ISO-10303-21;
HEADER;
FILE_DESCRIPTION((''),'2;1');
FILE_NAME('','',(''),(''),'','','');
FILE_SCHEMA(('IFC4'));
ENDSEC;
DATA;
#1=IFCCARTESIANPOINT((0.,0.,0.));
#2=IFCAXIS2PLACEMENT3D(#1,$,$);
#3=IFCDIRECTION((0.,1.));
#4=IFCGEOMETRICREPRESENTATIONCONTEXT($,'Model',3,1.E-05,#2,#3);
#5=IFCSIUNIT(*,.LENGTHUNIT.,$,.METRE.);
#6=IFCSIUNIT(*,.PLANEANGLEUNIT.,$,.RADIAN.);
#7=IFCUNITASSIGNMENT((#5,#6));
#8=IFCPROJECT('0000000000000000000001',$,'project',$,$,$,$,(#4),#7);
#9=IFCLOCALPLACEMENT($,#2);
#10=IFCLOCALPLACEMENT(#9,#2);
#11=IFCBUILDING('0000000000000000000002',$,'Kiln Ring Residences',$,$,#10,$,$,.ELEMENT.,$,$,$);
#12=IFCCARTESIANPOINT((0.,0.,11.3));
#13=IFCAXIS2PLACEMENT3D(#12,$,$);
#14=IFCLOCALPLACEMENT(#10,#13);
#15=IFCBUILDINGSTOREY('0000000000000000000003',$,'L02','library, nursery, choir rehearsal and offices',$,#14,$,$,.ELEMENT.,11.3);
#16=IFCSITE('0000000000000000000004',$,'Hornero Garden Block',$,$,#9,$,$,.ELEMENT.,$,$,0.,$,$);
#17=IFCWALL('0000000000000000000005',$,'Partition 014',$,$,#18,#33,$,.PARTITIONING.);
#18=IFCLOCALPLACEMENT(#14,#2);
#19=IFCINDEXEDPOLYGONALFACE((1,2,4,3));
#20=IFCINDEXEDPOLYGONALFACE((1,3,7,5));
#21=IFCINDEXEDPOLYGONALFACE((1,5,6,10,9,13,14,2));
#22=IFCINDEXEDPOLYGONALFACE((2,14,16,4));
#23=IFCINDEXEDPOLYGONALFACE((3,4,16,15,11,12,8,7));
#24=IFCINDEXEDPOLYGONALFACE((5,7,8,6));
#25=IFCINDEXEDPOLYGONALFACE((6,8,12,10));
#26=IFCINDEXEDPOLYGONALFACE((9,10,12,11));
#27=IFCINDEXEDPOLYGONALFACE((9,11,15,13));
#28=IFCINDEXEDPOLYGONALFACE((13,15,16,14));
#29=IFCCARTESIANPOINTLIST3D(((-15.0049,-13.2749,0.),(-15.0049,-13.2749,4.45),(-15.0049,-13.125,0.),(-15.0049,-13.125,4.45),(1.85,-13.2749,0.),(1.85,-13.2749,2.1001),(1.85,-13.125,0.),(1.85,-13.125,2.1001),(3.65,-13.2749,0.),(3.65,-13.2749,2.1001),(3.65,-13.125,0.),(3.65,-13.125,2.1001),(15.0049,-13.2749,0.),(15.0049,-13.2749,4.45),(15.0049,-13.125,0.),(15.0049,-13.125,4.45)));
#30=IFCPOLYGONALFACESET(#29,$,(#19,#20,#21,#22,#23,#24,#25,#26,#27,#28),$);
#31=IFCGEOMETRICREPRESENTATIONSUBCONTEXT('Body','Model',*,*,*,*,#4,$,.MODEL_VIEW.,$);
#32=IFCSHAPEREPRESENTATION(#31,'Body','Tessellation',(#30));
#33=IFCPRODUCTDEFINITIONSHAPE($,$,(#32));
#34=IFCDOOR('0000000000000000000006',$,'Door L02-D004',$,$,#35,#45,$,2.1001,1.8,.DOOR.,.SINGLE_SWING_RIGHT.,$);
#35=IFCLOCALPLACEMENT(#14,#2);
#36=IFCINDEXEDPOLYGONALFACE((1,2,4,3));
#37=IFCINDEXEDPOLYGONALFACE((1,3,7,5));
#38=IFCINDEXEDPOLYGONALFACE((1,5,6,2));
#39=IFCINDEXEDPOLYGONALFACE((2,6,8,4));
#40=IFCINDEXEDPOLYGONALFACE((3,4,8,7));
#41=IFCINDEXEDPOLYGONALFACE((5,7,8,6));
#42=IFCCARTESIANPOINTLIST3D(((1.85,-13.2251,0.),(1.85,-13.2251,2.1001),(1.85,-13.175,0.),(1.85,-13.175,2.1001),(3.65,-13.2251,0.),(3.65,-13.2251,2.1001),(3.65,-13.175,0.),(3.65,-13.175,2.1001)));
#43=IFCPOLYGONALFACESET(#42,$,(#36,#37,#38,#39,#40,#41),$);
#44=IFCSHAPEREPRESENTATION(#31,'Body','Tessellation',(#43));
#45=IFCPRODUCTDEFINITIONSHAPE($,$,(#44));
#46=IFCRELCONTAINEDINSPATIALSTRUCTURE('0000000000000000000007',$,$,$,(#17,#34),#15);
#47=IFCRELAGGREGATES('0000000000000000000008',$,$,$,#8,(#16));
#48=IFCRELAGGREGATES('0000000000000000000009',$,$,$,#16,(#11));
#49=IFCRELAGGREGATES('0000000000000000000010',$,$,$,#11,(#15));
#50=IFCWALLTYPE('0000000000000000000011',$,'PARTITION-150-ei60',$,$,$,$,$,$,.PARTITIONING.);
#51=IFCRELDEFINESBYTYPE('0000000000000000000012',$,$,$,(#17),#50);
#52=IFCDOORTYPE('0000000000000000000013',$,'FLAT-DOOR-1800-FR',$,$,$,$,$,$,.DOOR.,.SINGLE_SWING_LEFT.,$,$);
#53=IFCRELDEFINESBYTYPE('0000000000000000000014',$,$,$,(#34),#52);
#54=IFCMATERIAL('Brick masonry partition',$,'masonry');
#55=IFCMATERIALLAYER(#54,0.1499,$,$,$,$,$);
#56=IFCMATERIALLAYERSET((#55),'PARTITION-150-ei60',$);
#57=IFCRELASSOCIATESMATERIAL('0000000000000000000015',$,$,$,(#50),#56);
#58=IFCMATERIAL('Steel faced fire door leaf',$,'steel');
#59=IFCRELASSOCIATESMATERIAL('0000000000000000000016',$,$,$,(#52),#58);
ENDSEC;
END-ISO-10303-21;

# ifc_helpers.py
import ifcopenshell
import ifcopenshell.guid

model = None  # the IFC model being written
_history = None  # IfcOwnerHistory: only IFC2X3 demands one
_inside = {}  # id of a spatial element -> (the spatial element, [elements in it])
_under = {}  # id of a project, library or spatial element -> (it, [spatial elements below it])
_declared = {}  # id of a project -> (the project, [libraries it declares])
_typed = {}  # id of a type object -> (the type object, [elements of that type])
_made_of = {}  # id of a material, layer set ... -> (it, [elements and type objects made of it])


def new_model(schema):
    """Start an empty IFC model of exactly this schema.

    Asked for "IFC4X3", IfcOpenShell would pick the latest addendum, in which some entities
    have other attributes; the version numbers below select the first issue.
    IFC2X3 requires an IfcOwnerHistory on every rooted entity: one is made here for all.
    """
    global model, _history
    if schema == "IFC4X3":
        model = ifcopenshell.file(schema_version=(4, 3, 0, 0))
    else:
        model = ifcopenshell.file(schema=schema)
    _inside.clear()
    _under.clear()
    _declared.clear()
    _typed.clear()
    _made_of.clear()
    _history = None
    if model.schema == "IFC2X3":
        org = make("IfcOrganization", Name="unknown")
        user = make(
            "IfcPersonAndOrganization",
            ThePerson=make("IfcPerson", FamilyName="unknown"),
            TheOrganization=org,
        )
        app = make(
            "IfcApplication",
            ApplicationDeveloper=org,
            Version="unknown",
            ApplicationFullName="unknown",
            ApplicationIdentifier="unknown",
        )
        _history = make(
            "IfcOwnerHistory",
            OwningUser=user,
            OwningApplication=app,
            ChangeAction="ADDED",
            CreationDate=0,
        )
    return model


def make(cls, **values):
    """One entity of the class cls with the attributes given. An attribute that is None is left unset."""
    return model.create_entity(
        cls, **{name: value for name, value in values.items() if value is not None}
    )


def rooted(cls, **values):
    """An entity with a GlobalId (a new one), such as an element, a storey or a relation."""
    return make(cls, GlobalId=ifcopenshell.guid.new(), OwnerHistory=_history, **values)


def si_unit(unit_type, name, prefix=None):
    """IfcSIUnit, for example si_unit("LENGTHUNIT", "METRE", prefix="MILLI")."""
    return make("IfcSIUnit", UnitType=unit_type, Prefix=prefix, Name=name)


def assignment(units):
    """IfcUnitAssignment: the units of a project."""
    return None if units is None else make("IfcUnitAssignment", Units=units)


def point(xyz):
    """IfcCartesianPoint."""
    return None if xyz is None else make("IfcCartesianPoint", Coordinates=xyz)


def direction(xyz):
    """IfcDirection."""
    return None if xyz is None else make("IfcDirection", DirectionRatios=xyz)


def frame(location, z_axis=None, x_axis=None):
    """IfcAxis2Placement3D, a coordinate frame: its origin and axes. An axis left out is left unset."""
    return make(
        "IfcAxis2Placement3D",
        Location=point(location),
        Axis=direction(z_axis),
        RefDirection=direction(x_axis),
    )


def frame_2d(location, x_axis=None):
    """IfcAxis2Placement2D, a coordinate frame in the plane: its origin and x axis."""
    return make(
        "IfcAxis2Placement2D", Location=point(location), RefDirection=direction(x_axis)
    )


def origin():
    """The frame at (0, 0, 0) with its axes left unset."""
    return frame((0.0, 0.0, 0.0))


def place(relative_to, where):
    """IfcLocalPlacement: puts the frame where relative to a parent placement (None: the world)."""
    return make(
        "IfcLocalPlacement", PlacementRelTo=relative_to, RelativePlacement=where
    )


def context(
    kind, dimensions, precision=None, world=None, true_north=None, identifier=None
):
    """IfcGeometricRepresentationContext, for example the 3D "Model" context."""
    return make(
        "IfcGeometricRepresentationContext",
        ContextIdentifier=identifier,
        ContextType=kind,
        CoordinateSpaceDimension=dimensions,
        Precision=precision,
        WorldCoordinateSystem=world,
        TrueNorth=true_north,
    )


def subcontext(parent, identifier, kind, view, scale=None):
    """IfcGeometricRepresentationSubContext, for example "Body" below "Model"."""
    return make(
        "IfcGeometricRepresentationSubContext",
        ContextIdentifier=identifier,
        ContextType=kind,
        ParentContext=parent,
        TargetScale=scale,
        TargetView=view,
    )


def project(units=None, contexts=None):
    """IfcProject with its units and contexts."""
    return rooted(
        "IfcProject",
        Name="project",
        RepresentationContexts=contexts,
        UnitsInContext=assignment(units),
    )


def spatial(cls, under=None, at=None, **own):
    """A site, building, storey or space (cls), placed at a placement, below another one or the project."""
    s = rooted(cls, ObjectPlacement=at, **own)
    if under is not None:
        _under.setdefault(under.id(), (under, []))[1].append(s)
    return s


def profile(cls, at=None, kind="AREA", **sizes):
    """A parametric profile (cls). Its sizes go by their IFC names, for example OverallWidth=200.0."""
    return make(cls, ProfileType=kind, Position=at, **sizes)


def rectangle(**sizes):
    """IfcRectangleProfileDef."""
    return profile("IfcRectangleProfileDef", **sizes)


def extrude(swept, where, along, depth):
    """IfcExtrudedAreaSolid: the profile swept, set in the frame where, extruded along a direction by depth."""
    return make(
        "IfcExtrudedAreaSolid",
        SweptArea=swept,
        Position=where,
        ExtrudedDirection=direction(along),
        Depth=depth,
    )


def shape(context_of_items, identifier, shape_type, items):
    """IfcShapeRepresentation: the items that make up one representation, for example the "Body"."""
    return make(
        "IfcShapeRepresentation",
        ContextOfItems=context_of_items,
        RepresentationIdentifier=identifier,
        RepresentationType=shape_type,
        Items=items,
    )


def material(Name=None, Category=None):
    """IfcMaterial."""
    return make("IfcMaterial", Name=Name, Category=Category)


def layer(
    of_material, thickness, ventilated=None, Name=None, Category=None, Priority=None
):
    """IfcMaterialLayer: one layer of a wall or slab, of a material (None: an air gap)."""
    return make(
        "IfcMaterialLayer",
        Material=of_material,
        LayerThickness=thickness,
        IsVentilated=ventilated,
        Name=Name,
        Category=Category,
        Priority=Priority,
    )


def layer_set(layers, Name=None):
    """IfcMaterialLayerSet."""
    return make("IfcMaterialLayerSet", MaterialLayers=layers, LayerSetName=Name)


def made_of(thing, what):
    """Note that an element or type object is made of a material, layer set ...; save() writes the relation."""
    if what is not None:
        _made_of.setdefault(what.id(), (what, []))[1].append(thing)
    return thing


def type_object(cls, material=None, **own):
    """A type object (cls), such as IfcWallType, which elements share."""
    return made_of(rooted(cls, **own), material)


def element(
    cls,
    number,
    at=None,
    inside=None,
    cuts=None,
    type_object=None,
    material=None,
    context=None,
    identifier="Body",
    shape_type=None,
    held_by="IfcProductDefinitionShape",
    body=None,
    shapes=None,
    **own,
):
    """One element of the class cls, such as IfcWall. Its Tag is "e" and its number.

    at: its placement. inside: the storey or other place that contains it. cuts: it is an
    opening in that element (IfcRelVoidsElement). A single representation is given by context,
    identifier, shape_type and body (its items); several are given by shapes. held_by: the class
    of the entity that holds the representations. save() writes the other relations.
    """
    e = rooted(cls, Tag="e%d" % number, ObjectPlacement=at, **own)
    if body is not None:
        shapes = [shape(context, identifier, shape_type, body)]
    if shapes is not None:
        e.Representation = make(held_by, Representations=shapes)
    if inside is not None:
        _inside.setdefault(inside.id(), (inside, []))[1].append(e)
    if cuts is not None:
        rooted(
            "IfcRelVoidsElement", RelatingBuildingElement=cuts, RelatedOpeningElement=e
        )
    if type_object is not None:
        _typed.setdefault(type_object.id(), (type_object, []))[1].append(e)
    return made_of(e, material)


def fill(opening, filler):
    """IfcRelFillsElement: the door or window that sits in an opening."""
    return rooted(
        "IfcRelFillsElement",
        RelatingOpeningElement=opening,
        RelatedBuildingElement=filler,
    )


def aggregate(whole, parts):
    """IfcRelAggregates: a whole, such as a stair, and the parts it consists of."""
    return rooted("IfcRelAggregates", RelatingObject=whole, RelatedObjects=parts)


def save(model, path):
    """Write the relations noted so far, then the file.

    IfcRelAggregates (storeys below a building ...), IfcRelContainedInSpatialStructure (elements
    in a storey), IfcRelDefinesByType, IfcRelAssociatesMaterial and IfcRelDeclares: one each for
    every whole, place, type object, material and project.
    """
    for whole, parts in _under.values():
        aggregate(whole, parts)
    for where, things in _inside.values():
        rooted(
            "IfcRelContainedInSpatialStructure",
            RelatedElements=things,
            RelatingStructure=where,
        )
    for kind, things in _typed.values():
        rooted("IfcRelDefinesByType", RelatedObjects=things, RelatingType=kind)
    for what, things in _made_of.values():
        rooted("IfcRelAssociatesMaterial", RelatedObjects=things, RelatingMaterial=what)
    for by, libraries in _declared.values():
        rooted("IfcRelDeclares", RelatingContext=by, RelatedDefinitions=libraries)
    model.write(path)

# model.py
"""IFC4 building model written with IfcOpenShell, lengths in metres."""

from ifc_helpers import new_model, si_unit, direction, frame, frame_2d, origin, place, context, subcontext, project, spatial, rectangle, extrude, material, layer, layer_set, type_object, element, fill, save


model = new_model("IFC4")

# Units and contexts
model_context = context("Model", 3, precision=1e-05, world=origin(), true_north=direction((0.0, 1.0)))
body_context = subcontext(model_context, "Body", "Model", "MODEL_VIEW")
ifc_project = project(units=[si_unit("LENGTHUNIT", "METRE"), si_unit("PLANEANGLEUNIT", "RADIAN")], contexts=[model_context])

# Site, building, storey
site_placement = place(None, origin())
site = spatial("IfcSite", under=ifc_project, at=site_placement, Name="Hornero Garden Block", CompositionType="ELEMENT", RefElevation=0.0)
building_placement = place(site_placement, origin())
building = spatial("IfcBuilding", under=site, at=building_placement, Name="Kiln Ring Residences", CompositionType="ELEMENT")
storey_placement = place(building_placement, frame((0.0, 0.0, 11.3)))
storey = spatial("IfcBuildingStorey", under=building, at=storey_placement, Name="L02", Description="library, nursery, choir rehearsal and offices", CompositionType="ELEMENT", Elevation=11.3)

# Wall, opening, door
ifc_material_1 = material(Name="Brick masonry partition", Category="masonry")
ifc_layer_1 = layer(ifc_material_1, 0.1499)
ifc_layer_set_1 = layer_set([ifc_layer_1], Name="PARTITION-150-ei60")
wall_type_1 = type_object("IfcWallType", Name="PARTITION-150-ei60", PredefinedType="PARTITIONING", material=ifc_layer_set_1)
wall_1_placement = place(storey_placement, frame((-15.0049, -13.2, 0.0), z_axis=(0.0, 0.0, 1.0), x_axis=(1.0, 0.0, 0.0)))
wall_1 = element("IfcWall", 1, at=wall_1_placement, inside=storey, type_object=wall_type_1, Name="Partition 014", PredefinedType="PARTITIONING", context=body_context, shape_type="SweptSolid", body=[
    extrude(rectangle(XDim=30.0098, YDim=0.1499, at=frame_2d((15.0049, 0.0))), origin(), (0.0, 0.0, 1.0), 4.45),
])
opening_1_placement = place(wall_1_placement, frame((16.855, 0.0, 0.0)))
opening_1 = element("IfcOpeningElement", 2, at=opening_1_placement, cuts=wall_1, PredefinedType="OPENING", context=body_context, shape_type="SweptSolid", body=[
    extrude(rectangle(XDim=1.8, YDim=2.1001, at=frame_2d((0.8999, 1.05))), frame((0.0, 0.085, 0.0), z_axis=(0.0, -1.0, 0.0), x_axis=(1.0, 0.0, 0.0)), (0.0, 0.0, 1.0), 0.1699),
])
ifc_material_2 = material(Name="Steel faced fire door leaf", Category="steel")
door_type_1 = type_object("IfcDoorType", Name="FLAT-DOOR-1800-FR", OperationType="SINGLE_SWING_LEFT", PredefinedType="DOOR", material=ifc_material_2)
door_1_placement = place(opening_1_placement, origin())
door_1 = element("IfcDoor", 3, at=door_1_placement, inside=storey, type_object=door_type_1, Name="Door L02-D004", OperationType="SINGLE_SWING_RIGHT", OverallHeight=2.1001, OverallWidth=1.8, PredefinedType="DOOR", context=body_context, shape_type="SweptSolid", body=[
    extrude(rectangle(XDim=1.8, YDim=2.1001, at=frame_2d((0.8999, 1.05))), frame((0.0, 0.0249, 0.0), z_axis=(0.0, -1.0, 0.0), x_axis=(1.0, 0.0, 0.0)), (0.0, 0.0, 1.0), 0.05),
])
fill(opening_1, door_1)

save(model, "model.ifc")
